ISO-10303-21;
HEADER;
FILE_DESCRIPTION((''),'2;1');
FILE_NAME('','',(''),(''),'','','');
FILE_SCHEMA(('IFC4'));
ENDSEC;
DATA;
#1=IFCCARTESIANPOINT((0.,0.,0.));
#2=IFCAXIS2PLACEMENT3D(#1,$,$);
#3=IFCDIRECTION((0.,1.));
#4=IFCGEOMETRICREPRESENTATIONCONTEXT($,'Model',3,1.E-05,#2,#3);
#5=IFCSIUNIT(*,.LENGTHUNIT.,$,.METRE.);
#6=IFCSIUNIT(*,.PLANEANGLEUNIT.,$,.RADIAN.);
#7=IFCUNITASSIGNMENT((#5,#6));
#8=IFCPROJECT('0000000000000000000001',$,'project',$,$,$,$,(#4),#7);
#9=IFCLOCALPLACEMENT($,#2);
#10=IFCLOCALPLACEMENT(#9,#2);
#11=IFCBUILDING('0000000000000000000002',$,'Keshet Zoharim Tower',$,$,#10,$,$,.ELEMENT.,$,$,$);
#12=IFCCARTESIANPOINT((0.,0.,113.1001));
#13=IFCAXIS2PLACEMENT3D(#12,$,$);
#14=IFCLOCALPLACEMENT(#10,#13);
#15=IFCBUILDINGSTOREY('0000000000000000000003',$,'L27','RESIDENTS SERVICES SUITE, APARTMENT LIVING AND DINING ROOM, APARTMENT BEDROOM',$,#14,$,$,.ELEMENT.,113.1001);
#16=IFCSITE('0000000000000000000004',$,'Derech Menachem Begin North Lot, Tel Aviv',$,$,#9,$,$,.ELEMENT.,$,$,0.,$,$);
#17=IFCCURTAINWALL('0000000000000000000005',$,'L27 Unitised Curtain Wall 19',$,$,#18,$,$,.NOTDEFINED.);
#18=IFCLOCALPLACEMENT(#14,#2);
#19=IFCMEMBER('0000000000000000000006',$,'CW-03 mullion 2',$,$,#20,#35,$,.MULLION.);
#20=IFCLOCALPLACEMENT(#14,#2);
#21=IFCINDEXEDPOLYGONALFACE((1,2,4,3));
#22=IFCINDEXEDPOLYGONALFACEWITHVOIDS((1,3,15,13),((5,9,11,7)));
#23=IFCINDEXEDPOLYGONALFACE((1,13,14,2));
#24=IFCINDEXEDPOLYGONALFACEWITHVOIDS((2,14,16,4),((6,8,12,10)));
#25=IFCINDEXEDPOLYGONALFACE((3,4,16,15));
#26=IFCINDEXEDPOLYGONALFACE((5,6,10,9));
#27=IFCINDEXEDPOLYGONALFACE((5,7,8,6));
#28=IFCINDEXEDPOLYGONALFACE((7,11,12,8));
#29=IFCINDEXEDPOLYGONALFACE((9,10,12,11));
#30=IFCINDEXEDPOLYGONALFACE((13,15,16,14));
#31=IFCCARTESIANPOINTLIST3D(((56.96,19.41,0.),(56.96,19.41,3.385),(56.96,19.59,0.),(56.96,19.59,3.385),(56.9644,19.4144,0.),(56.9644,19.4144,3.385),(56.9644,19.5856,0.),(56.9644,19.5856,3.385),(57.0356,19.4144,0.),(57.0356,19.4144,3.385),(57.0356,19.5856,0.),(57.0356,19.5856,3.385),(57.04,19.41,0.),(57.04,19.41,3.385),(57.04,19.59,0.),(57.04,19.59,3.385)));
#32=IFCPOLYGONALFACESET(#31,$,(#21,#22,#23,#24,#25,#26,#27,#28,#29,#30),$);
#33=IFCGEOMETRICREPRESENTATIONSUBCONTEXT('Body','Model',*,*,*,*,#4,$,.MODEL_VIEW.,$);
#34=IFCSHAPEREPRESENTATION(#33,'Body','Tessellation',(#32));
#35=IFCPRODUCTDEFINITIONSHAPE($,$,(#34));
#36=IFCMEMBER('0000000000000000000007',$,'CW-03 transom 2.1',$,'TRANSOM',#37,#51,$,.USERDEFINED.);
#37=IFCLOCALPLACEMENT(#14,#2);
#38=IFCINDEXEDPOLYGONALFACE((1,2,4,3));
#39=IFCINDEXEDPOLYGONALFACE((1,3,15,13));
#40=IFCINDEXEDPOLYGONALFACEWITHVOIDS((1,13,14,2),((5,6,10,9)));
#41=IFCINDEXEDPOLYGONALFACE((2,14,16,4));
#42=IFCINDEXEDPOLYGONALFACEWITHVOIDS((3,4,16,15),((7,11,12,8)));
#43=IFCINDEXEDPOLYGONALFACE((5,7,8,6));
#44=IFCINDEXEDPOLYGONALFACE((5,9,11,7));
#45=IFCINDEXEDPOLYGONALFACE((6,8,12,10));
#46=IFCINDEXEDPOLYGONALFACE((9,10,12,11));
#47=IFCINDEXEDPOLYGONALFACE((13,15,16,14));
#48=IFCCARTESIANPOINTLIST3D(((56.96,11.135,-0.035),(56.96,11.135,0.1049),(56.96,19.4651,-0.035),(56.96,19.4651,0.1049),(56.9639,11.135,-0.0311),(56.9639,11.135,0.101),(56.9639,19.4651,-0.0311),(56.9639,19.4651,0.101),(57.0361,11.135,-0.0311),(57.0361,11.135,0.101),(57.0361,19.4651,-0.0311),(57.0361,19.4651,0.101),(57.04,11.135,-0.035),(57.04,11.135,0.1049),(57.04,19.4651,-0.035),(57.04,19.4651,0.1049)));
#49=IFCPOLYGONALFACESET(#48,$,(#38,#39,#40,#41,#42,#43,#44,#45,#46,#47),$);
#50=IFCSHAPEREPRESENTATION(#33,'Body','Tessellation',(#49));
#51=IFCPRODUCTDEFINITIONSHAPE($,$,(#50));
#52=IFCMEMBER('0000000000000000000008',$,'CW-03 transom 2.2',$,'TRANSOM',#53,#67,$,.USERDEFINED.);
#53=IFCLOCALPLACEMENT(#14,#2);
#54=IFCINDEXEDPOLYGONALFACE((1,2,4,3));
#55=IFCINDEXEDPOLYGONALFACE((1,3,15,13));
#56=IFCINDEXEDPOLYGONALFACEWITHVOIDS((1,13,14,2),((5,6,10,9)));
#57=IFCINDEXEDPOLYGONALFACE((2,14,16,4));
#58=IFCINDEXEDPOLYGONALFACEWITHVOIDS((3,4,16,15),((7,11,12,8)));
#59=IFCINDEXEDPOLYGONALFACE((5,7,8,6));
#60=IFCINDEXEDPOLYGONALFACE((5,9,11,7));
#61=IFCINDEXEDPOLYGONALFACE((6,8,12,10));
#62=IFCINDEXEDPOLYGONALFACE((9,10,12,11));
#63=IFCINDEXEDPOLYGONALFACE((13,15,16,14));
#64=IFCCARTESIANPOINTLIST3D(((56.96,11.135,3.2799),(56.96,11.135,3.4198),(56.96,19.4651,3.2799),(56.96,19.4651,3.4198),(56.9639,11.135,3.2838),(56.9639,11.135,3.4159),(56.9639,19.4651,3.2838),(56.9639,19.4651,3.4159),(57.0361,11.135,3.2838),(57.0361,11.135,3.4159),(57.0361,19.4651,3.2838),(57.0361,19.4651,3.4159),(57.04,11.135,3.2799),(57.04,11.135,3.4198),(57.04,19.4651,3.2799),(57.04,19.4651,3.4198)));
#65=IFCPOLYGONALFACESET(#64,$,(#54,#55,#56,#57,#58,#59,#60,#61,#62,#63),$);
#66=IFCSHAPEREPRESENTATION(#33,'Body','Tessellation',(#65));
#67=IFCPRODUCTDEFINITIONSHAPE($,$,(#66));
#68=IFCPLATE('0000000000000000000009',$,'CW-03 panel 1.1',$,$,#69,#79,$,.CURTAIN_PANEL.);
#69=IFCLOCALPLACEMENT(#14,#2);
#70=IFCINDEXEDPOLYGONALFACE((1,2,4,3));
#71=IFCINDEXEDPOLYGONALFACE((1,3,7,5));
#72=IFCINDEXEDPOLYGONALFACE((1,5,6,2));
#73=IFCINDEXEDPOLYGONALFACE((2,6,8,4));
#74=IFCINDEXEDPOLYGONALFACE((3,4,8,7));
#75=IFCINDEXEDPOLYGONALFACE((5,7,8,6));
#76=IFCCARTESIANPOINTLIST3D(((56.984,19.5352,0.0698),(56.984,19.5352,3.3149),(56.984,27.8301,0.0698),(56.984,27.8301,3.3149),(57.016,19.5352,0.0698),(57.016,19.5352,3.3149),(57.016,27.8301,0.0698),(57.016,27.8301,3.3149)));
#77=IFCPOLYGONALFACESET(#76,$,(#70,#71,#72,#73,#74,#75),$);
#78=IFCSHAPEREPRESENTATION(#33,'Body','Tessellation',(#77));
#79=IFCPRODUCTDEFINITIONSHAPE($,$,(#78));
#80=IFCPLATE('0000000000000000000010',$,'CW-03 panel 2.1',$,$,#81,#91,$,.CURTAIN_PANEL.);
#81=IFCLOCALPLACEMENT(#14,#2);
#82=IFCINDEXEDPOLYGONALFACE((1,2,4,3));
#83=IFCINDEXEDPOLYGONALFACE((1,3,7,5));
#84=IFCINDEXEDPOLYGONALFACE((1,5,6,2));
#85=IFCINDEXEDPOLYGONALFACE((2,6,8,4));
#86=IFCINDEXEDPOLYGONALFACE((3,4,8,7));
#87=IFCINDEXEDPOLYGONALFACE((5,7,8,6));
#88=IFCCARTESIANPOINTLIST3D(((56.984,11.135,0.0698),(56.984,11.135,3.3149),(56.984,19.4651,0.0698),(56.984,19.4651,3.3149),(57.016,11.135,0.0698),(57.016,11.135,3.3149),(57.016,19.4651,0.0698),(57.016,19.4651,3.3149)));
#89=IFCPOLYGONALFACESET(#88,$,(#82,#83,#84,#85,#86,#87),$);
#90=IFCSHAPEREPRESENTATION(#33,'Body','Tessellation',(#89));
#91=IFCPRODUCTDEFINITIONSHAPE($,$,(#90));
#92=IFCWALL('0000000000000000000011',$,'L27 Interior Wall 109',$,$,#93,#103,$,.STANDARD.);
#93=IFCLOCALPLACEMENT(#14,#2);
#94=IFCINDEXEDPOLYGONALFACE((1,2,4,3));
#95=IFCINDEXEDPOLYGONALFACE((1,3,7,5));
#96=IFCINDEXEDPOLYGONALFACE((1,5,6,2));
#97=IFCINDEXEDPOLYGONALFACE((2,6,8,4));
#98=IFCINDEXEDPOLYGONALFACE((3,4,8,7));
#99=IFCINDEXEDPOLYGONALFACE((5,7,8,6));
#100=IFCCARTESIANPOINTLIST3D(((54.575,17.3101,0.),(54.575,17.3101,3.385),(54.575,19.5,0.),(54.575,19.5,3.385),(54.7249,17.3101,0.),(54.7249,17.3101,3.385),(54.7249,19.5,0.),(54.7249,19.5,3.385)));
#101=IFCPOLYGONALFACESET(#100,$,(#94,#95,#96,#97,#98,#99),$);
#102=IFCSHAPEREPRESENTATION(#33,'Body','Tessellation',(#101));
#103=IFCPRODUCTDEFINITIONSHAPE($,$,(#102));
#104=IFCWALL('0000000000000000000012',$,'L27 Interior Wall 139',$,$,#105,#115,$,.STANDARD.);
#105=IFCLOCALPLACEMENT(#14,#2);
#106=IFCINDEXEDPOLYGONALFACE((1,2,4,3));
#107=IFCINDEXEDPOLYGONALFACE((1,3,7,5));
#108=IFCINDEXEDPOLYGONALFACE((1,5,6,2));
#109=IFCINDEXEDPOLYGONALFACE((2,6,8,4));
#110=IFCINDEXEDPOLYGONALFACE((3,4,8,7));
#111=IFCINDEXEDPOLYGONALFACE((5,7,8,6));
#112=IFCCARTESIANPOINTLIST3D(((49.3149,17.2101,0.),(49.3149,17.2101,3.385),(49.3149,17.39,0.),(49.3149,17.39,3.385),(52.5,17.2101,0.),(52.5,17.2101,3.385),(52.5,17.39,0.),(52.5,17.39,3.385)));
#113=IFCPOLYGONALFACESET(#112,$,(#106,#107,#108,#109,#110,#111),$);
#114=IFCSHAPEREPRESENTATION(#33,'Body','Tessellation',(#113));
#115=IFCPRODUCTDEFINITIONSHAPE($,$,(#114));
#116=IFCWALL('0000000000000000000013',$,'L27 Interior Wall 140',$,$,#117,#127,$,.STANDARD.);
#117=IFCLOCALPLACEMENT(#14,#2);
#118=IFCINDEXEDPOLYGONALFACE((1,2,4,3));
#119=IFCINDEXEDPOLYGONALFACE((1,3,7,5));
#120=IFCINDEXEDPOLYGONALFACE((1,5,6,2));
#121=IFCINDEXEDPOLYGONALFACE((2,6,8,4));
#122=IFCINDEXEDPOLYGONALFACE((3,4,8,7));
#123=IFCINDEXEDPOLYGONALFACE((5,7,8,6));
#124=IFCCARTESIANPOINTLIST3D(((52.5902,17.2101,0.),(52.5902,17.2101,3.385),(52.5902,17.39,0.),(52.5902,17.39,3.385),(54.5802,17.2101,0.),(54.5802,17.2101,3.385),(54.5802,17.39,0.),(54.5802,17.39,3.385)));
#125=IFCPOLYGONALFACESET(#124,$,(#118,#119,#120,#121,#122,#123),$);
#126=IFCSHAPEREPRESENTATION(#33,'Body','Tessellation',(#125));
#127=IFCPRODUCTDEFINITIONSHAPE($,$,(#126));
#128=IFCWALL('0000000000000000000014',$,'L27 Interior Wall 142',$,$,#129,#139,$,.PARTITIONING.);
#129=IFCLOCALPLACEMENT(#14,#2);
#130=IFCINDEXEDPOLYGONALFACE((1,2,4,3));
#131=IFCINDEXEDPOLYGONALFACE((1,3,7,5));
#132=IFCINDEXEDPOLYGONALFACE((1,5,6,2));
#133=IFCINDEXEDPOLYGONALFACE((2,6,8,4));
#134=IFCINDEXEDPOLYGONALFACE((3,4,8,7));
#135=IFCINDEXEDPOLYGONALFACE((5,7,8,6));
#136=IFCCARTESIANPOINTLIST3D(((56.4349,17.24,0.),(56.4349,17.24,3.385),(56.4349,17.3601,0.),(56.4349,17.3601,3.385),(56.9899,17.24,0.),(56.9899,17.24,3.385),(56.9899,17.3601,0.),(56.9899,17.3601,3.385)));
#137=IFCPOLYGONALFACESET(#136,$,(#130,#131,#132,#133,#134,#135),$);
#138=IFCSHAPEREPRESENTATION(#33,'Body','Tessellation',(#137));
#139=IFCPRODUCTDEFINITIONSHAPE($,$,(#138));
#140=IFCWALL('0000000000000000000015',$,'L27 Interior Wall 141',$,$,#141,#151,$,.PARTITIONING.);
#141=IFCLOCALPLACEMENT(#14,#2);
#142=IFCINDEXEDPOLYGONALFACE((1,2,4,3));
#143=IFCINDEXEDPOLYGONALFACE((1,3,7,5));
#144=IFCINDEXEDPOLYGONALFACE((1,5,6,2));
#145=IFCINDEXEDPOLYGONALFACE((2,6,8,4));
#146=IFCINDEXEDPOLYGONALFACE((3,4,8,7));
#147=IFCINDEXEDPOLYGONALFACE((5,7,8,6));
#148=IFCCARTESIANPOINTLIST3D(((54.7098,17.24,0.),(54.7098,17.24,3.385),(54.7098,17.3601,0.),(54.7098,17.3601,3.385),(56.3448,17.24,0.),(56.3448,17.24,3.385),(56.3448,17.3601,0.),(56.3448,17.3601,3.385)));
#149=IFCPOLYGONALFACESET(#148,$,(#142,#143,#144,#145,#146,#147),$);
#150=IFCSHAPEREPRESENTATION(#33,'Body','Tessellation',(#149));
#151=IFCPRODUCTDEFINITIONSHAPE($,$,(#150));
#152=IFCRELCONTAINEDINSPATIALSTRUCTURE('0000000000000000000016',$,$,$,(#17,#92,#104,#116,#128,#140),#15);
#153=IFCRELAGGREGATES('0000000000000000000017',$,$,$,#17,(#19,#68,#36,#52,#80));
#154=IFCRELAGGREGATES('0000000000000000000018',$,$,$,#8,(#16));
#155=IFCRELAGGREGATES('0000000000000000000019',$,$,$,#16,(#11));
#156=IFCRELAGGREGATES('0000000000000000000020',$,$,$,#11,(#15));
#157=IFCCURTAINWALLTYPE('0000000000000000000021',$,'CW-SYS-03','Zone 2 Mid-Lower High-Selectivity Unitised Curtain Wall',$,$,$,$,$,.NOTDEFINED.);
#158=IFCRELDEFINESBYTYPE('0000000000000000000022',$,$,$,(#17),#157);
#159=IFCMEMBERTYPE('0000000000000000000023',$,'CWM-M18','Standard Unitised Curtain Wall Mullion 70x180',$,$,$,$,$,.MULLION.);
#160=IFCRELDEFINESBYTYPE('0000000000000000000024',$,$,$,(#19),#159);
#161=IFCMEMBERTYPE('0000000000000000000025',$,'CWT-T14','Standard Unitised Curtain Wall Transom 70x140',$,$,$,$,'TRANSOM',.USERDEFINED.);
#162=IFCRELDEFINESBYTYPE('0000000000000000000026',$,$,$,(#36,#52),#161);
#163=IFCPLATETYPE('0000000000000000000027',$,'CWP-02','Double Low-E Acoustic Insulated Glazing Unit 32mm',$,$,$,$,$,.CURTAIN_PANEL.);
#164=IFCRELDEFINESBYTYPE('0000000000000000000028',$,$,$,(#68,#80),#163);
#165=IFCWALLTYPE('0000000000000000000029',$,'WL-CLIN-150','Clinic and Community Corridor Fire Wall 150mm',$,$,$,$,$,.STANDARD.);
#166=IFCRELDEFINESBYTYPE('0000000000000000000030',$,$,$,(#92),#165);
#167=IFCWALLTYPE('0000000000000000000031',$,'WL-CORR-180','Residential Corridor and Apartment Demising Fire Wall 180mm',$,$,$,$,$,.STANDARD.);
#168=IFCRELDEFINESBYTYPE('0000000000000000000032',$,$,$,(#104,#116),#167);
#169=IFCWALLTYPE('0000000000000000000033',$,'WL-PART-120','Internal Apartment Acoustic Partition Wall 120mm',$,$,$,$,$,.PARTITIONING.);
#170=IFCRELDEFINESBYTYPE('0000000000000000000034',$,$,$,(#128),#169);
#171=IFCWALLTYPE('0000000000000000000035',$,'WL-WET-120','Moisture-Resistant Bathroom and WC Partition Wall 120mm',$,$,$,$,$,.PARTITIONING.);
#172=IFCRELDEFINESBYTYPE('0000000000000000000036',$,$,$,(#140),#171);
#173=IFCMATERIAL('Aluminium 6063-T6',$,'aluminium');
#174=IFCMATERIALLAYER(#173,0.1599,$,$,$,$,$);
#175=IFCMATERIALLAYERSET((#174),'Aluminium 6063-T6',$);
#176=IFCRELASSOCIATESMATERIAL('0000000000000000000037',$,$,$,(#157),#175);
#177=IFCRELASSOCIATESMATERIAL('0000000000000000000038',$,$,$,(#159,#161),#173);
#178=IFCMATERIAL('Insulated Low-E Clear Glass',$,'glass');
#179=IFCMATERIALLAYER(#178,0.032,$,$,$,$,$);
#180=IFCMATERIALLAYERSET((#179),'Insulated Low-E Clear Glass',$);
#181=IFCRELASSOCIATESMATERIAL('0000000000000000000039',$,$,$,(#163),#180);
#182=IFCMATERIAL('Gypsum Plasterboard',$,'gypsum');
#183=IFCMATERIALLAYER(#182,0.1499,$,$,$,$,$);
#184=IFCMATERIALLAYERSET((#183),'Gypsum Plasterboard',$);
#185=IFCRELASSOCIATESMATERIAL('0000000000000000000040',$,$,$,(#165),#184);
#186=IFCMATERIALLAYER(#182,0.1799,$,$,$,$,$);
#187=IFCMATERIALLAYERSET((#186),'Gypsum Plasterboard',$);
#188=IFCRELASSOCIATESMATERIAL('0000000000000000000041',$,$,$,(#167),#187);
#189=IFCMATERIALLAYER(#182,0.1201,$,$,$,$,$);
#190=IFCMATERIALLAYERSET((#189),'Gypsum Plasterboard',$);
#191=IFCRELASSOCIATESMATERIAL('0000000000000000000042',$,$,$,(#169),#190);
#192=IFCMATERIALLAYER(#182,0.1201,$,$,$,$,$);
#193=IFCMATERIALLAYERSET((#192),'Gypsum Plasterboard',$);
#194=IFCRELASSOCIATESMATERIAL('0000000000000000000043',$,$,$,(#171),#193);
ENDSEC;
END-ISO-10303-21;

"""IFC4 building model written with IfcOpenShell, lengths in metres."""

from ifc_helpers import new_model, si_unit, direction, frame, frame_2d, origin, origin_2d, place, context, subcontext, project, spatial, rectangle, hollow_rectangle, extrude, material, layer, layer_set, material_profile, profile_set, type_object, element, aggregate, save


model = new_model("IFC4")

# Units and contexts
model_context = context("Model", 3, precision=1e-05, world=origin(), true_north=direction((0.0, 1.0)))
body_context = subcontext(model_context, "Body", "Model", "MODEL_VIEW")
ifc_project = project(units=[si_unit("LENGTHUNIT", "METRE"), si_unit("PLANEANGLEUNIT", "RADIAN")], contexts=[model_context])

# Site, building, storey
site_placement = place(None, origin())
site = spatial("IfcSite", under=ifc_project, at=site_placement, Name="Derech Menachem Begin North Lot, Tel Aviv", CompositionType="ELEMENT", RefElevation=0.0)
building_placement = place(site_placement, origin())
building = spatial("IfcBuilding", under=site, at=building_placement, Name="Keshet Zoharim Tower", CompositionType="ELEMENT")
storey_placement = place(building_placement, frame((0.0, 0.0, 113.1001)))
storey = spatial("IfcBuildingStorey", under=building, at=storey_placement, Name="L27", Description="RESIDENTS SERVICES SUITE, APARTMENT LIVING AND DINING ROOM, APARTMENT BEDROOM", CompositionType="ELEMENT", Elevation=113.1001)

# Curtain wall, members, plates
ifc_material_1 = material(Name="Aluminium 6063-T6", Category="aluminium")
ifc_layer_1 = layer(ifc_material_1, 0.1599)
ifc_layer_set_1 = layer_set([ifc_layer_1], Name="Aluminium 6063-T6")
curtain_wall_type = type_object("IfcCurtainWallType", Name="CW-SYS-03", Description="Zone 2 Mid-Lower High-Selectivity Unitised Curtain Wall", PredefinedType="NOTDEFINED", material=ifc_layer_set_1)
curtain_wall_placement = place(storey_placement, origin())
curtain_wall = element("IfcCurtainWall", 1, at=curtain_wall_placement, inside=storey, type_object=curtain_wall_type, Name="L27 Unitised Curtain Wall 19", PredefinedType="NOTDEFINED")
ifc_material_profile_1 = material_profile(ifc_material_1, hollow_rectangle(XDim=0.0801, YDim=0.1799, WallThickness=0.0044, at=origin_2d()), Name="MUL-80x180")
ifc_profile_set_1 = profile_set([ifc_material_profile_1], Name="Aluminium 6063-T6")
member_type_1 = type_object("IfcMemberType", Name="CWM-M18", Description="Standard Unitised Curtain Wall Mullion 70x180", PredefinedType="MULLION", material=ifc_profile_set_1)
member_1_placement = place(storey_placement, frame((57.0, 19.5, 0.0), z_axis=(0.0, 0.0, 1.0), x_axis=(1.0, 0.0, 0.0)))
member_1 = element("IfcMember", 2, at=member_1_placement, type_object=member_type_1, Name="CW-03 mullion 2", PredefinedType="MULLION", context=body_context, shape_type="SweptSolid", body=[
    extrude(hollow_rectangle(XDim=0.0801, YDim=0.1799, WallThickness=0.0044, at=origin_2d()), origin(), (0.0, 0.0, 1.0), 3.385),
])
ifc_material_profile_2 = material_profile(ifc_material_1, hollow_rectangle(XDim=0.0801, YDim=0.1399, WallThickness=0.0039, at=origin_2d()), Name="TRN-80x140")
ifc_profile_set_2 = profile_set([ifc_material_profile_2], Name="Aluminium 6063-T6")
member_type_2 = type_object("IfcMemberType", Name="CWT-T14", Description="Standard Unitised Curtain Wall Transom 70x140", ElementType="TRANSOM", PredefinedType="USERDEFINED", material=ifc_profile_set_2)
member_2_placement = place(storey_placement, frame((57.0, 19.4651, 0.0349), z_axis=(0.0, -1.0, 0.0), x_axis=(1.0, 0.0, 0.0)))
member_2 = element("IfcMember", 3, at=member_2_placement, type_object=member_type_2, Name="CW-03 transom 2.1", ObjectType="TRANSOM", PredefinedType="USERDEFINED", context=body_context, shape_type="SweptSolid", body=[
    extrude(hollow_rectangle(XDim=0.0801, YDim=0.1399, WallThickness=0.0039, at=origin_2d()), origin(), (0.0, 0.0, 1.0), 8.3301),
])
member_3_placement = place(storey_placement, frame((57.0, 19.4651, 3.3499), z_axis=(0.0, -1.0, 0.0), x_axis=(1.0, 0.0, 0.0)))
member_3 = element("IfcMember", 4, at=member_3_placement, type_object=member_type_2, Name="CW-03 transom 2.2", ObjectType="TRANSOM", PredefinedType="USERDEFINED", context=body_context, shape_type="SweptSolid", body=[
    extrude(hollow_rectangle(XDim=0.0801, YDim=0.1399, WallThickness=0.0039, at=origin_2d()), origin(), (0.0, 0.0, 1.0), 8.3301),
])
ifc_material_2 = material(Name="Insulated Low-E Clear Glass", Category="glass")
ifc_layer_2 = layer(ifc_material_2, 0.032)
ifc_layer_set_2 = layer_set([ifc_layer_2], Name="Insulated Low-E Clear Glass")
plate_type = type_object("IfcPlateType", Name="CWP-02", Description="Double Low-E Acoustic Insulated Glazing Unit 32mm", PredefinedType="CURTAIN_PANEL", material=ifc_layer_set_2)
plate_1_placement = place(storey_placement, frame((57.0, 23.6826, 0.0698), z_axis=(0.0, 0.0, 1.0), x_axis=(0.0, -1.0, 0.0)))
plate_1 = element("IfcPlate", 5, at=plate_1_placement, type_object=plate_type, Name="CW-03 panel 1.1", PredefinedType="CURTAIN_PANEL", context=body_context, shape_type="SweptSolid", body=[
    extrude(rectangle(XDim=8.2949, YDim=0.032, at=origin_2d()), origin(), (0.0, 0.0, 1.0), 3.2451),
])
plate_2_placement = place(storey_placement, frame((57.0, 15.3, 0.0698), z_axis=(0.0, 0.0, 1.0), x_axis=(0.0, -1.0, 0.0)))
plate_2 = element("IfcPlate", 6, at=plate_2_placement, type_object=plate_type, Name="CW-03 panel 2.1", PredefinedType="CURTAIN_PANEL", context=body_context, shape_type="SweptSolid", body=[
    extrude(rectangle(XDim=8.3301, YDim=0.032, at=origin_2d()), origin(), (0.0, 0.0, 1.0), 3.2451),
])
aggregate(curtain_wall, [member_1, plate_1, member_2, member_3, plate_2])

# Wall
ifc_material_3 = material(Name="Gypsum Plasterboard", Category="gypsum")
ifc_layer_3 = layer(ifc_material_3, 0.1499)
ifc_layer_set_3 = layer_set([ifc_layer_3], Name="Gypsum Plasterboard")
wall_type_1 = type_object("IfcWallType", Name="WL-CLIN-150", Description="Clinic and Community Corridor Fire Wall 150mm", PredefinedType="STANDARD", material=ifc_layer_set_3)
wall_1_placement = place(storey_placement, frame((54.6499, 17.3101, 0.0), z_axis=(0.0, 0.0, 1.0), x_axis=(0.0, 1.0, 0.0)))
element("IfcWall", 7, at=wall_1_placement, inside=storey, type_object=wall_type_1, Name="L27 Interior Wall 109", PredefinedType="STANDARD", context=body_context, shape_type="SweptSolid", body=[
    extrude(rectangle(XDim=2.1899, YDim=0.1499, at=frame_2d((1.095, 0.0))), origin(), (0.0, 0.0, 1.0), 3.385),
])

# Shared definitions
ifc_layer_4 = layer(ifc_material_3, 0.1799)
ifc_layer_set_4 = layer_set([ifc_layer_4], Name="Gypsum Plasterboard")
wall_type_2 = type_object("IfcWallType", Name="WL-CORR-180", Description="Residential Corridor and Apartment Demising Fire Wall 180mm", PredefinedType="STANDARD", material=ifc_layer_set_4)

# Walls
wall_2_placement = place(storey_placement, frame((49.3149, 17.3, 0.0), z_axis=(0.0, 0.0, 1.0), x_axis=(1.0, 0.0, 0.0)))
element("IfcWall", 8, at=wall_2_placement, inside=storey, type_object=wall_type_2, Name="L27 Interior Wall 139", PredefinedType="STANDARD", context=body_context, shape_type="SweptSolid", body=[
    extrude(rectangle(XDim=3.1851, YDim=0.1799, at=frame_2d((1.5925, 0.0))), origin(), (0.0, 0.0, 1.0), 3.385),
])
wall_3_placement = place(storey_placement, frame((52.5901, 17.3, 0.0), z_axis=(0.0, 0.0, 1.0), x_axis=(1.0, 0.0, 0.0)))
element("IfcWall", 9, at=wall_3_placement, inside=storey, type_object=wall_type_2, Name="L27 Interior Wall 140", PredefinedType="STANDARD", context=body_context, shape_type="SweptSolid", body=[
    extrude(rectangle(XDim=1.99, YDim=0.1799, at=frame_2d((0.9951, 0.0))), origin(), (0.0, 0.0, 1.0), 3.385),
])
ifc_layer_5 = layer(ifc_material_3, 0.1201)
ifc_layer_set_5 = layer_set([ifc_layer_5], Name="Gypsum Plasterboard")
wall_type_3 = type_object("IfcWallType", Name="WL-PART-120", Description="Internal Apartment Acoustic Partition Wall 120mm", PredefinedType="PARTITIONING", material=ifc_layer_set_5)
wall_4_placement = place(storey_placement, frame((56.4351, 17.3, 0.0), z_axis=(0.0, 0.0, 1.0), x_axis=(1.0, 0.0, 0.0)))
element("IfcWall", 10, at=wall_4_placement, inside=storey, type_object=wall_type_3, Name="L27 Interior Wall 142", PredefinedType="PARTITIONING", context=body_context, shape_type="SweptSolid", body=[
    extrude(rectangle(XDim=0.5549, YDim=0.1201, at=frame_2d((0.2773, 0.0))), origin(), (0.0, 0.0, 1.0), 3.385),
])
ifc_layer_6 = layer(ifc_material_3, 0.1201)
ifc_layer_set_6 = layer_set([ifc_layer_6], Name="Gypsum Plasterboard")
wall_type_4 = type_object("IfcWallType", Name="WL-WET-120", Description="Moisture-Resistant Bathroom and WC Partition Wall 120mm", PredefinedType="PARTITIONING", material=ifc_layer_set_6)
wall_5_placement = place(storey_placement, frame((54.71, 17.3, 0.0), z_axis=(0.0, 0.0, 1.0), x_axis=(1.0, 0.0, 0.0)))
element("IfcWall", 11, at=wall_5_placement, inside=storey, type_object=wall_type_4, Name="L27 Interior Wall 141", PredefinedType="PARTITIONING", context=body_context, shape_type="SweptSolid", body=[
    extrude(rectangle(XDim=1.635, YDim=0.1201, at=frame_2d((0.8174, 0.0))), origin(), (0.0, 0.0, 1.0), 3.385),
])

save(model, "model.ifc")
